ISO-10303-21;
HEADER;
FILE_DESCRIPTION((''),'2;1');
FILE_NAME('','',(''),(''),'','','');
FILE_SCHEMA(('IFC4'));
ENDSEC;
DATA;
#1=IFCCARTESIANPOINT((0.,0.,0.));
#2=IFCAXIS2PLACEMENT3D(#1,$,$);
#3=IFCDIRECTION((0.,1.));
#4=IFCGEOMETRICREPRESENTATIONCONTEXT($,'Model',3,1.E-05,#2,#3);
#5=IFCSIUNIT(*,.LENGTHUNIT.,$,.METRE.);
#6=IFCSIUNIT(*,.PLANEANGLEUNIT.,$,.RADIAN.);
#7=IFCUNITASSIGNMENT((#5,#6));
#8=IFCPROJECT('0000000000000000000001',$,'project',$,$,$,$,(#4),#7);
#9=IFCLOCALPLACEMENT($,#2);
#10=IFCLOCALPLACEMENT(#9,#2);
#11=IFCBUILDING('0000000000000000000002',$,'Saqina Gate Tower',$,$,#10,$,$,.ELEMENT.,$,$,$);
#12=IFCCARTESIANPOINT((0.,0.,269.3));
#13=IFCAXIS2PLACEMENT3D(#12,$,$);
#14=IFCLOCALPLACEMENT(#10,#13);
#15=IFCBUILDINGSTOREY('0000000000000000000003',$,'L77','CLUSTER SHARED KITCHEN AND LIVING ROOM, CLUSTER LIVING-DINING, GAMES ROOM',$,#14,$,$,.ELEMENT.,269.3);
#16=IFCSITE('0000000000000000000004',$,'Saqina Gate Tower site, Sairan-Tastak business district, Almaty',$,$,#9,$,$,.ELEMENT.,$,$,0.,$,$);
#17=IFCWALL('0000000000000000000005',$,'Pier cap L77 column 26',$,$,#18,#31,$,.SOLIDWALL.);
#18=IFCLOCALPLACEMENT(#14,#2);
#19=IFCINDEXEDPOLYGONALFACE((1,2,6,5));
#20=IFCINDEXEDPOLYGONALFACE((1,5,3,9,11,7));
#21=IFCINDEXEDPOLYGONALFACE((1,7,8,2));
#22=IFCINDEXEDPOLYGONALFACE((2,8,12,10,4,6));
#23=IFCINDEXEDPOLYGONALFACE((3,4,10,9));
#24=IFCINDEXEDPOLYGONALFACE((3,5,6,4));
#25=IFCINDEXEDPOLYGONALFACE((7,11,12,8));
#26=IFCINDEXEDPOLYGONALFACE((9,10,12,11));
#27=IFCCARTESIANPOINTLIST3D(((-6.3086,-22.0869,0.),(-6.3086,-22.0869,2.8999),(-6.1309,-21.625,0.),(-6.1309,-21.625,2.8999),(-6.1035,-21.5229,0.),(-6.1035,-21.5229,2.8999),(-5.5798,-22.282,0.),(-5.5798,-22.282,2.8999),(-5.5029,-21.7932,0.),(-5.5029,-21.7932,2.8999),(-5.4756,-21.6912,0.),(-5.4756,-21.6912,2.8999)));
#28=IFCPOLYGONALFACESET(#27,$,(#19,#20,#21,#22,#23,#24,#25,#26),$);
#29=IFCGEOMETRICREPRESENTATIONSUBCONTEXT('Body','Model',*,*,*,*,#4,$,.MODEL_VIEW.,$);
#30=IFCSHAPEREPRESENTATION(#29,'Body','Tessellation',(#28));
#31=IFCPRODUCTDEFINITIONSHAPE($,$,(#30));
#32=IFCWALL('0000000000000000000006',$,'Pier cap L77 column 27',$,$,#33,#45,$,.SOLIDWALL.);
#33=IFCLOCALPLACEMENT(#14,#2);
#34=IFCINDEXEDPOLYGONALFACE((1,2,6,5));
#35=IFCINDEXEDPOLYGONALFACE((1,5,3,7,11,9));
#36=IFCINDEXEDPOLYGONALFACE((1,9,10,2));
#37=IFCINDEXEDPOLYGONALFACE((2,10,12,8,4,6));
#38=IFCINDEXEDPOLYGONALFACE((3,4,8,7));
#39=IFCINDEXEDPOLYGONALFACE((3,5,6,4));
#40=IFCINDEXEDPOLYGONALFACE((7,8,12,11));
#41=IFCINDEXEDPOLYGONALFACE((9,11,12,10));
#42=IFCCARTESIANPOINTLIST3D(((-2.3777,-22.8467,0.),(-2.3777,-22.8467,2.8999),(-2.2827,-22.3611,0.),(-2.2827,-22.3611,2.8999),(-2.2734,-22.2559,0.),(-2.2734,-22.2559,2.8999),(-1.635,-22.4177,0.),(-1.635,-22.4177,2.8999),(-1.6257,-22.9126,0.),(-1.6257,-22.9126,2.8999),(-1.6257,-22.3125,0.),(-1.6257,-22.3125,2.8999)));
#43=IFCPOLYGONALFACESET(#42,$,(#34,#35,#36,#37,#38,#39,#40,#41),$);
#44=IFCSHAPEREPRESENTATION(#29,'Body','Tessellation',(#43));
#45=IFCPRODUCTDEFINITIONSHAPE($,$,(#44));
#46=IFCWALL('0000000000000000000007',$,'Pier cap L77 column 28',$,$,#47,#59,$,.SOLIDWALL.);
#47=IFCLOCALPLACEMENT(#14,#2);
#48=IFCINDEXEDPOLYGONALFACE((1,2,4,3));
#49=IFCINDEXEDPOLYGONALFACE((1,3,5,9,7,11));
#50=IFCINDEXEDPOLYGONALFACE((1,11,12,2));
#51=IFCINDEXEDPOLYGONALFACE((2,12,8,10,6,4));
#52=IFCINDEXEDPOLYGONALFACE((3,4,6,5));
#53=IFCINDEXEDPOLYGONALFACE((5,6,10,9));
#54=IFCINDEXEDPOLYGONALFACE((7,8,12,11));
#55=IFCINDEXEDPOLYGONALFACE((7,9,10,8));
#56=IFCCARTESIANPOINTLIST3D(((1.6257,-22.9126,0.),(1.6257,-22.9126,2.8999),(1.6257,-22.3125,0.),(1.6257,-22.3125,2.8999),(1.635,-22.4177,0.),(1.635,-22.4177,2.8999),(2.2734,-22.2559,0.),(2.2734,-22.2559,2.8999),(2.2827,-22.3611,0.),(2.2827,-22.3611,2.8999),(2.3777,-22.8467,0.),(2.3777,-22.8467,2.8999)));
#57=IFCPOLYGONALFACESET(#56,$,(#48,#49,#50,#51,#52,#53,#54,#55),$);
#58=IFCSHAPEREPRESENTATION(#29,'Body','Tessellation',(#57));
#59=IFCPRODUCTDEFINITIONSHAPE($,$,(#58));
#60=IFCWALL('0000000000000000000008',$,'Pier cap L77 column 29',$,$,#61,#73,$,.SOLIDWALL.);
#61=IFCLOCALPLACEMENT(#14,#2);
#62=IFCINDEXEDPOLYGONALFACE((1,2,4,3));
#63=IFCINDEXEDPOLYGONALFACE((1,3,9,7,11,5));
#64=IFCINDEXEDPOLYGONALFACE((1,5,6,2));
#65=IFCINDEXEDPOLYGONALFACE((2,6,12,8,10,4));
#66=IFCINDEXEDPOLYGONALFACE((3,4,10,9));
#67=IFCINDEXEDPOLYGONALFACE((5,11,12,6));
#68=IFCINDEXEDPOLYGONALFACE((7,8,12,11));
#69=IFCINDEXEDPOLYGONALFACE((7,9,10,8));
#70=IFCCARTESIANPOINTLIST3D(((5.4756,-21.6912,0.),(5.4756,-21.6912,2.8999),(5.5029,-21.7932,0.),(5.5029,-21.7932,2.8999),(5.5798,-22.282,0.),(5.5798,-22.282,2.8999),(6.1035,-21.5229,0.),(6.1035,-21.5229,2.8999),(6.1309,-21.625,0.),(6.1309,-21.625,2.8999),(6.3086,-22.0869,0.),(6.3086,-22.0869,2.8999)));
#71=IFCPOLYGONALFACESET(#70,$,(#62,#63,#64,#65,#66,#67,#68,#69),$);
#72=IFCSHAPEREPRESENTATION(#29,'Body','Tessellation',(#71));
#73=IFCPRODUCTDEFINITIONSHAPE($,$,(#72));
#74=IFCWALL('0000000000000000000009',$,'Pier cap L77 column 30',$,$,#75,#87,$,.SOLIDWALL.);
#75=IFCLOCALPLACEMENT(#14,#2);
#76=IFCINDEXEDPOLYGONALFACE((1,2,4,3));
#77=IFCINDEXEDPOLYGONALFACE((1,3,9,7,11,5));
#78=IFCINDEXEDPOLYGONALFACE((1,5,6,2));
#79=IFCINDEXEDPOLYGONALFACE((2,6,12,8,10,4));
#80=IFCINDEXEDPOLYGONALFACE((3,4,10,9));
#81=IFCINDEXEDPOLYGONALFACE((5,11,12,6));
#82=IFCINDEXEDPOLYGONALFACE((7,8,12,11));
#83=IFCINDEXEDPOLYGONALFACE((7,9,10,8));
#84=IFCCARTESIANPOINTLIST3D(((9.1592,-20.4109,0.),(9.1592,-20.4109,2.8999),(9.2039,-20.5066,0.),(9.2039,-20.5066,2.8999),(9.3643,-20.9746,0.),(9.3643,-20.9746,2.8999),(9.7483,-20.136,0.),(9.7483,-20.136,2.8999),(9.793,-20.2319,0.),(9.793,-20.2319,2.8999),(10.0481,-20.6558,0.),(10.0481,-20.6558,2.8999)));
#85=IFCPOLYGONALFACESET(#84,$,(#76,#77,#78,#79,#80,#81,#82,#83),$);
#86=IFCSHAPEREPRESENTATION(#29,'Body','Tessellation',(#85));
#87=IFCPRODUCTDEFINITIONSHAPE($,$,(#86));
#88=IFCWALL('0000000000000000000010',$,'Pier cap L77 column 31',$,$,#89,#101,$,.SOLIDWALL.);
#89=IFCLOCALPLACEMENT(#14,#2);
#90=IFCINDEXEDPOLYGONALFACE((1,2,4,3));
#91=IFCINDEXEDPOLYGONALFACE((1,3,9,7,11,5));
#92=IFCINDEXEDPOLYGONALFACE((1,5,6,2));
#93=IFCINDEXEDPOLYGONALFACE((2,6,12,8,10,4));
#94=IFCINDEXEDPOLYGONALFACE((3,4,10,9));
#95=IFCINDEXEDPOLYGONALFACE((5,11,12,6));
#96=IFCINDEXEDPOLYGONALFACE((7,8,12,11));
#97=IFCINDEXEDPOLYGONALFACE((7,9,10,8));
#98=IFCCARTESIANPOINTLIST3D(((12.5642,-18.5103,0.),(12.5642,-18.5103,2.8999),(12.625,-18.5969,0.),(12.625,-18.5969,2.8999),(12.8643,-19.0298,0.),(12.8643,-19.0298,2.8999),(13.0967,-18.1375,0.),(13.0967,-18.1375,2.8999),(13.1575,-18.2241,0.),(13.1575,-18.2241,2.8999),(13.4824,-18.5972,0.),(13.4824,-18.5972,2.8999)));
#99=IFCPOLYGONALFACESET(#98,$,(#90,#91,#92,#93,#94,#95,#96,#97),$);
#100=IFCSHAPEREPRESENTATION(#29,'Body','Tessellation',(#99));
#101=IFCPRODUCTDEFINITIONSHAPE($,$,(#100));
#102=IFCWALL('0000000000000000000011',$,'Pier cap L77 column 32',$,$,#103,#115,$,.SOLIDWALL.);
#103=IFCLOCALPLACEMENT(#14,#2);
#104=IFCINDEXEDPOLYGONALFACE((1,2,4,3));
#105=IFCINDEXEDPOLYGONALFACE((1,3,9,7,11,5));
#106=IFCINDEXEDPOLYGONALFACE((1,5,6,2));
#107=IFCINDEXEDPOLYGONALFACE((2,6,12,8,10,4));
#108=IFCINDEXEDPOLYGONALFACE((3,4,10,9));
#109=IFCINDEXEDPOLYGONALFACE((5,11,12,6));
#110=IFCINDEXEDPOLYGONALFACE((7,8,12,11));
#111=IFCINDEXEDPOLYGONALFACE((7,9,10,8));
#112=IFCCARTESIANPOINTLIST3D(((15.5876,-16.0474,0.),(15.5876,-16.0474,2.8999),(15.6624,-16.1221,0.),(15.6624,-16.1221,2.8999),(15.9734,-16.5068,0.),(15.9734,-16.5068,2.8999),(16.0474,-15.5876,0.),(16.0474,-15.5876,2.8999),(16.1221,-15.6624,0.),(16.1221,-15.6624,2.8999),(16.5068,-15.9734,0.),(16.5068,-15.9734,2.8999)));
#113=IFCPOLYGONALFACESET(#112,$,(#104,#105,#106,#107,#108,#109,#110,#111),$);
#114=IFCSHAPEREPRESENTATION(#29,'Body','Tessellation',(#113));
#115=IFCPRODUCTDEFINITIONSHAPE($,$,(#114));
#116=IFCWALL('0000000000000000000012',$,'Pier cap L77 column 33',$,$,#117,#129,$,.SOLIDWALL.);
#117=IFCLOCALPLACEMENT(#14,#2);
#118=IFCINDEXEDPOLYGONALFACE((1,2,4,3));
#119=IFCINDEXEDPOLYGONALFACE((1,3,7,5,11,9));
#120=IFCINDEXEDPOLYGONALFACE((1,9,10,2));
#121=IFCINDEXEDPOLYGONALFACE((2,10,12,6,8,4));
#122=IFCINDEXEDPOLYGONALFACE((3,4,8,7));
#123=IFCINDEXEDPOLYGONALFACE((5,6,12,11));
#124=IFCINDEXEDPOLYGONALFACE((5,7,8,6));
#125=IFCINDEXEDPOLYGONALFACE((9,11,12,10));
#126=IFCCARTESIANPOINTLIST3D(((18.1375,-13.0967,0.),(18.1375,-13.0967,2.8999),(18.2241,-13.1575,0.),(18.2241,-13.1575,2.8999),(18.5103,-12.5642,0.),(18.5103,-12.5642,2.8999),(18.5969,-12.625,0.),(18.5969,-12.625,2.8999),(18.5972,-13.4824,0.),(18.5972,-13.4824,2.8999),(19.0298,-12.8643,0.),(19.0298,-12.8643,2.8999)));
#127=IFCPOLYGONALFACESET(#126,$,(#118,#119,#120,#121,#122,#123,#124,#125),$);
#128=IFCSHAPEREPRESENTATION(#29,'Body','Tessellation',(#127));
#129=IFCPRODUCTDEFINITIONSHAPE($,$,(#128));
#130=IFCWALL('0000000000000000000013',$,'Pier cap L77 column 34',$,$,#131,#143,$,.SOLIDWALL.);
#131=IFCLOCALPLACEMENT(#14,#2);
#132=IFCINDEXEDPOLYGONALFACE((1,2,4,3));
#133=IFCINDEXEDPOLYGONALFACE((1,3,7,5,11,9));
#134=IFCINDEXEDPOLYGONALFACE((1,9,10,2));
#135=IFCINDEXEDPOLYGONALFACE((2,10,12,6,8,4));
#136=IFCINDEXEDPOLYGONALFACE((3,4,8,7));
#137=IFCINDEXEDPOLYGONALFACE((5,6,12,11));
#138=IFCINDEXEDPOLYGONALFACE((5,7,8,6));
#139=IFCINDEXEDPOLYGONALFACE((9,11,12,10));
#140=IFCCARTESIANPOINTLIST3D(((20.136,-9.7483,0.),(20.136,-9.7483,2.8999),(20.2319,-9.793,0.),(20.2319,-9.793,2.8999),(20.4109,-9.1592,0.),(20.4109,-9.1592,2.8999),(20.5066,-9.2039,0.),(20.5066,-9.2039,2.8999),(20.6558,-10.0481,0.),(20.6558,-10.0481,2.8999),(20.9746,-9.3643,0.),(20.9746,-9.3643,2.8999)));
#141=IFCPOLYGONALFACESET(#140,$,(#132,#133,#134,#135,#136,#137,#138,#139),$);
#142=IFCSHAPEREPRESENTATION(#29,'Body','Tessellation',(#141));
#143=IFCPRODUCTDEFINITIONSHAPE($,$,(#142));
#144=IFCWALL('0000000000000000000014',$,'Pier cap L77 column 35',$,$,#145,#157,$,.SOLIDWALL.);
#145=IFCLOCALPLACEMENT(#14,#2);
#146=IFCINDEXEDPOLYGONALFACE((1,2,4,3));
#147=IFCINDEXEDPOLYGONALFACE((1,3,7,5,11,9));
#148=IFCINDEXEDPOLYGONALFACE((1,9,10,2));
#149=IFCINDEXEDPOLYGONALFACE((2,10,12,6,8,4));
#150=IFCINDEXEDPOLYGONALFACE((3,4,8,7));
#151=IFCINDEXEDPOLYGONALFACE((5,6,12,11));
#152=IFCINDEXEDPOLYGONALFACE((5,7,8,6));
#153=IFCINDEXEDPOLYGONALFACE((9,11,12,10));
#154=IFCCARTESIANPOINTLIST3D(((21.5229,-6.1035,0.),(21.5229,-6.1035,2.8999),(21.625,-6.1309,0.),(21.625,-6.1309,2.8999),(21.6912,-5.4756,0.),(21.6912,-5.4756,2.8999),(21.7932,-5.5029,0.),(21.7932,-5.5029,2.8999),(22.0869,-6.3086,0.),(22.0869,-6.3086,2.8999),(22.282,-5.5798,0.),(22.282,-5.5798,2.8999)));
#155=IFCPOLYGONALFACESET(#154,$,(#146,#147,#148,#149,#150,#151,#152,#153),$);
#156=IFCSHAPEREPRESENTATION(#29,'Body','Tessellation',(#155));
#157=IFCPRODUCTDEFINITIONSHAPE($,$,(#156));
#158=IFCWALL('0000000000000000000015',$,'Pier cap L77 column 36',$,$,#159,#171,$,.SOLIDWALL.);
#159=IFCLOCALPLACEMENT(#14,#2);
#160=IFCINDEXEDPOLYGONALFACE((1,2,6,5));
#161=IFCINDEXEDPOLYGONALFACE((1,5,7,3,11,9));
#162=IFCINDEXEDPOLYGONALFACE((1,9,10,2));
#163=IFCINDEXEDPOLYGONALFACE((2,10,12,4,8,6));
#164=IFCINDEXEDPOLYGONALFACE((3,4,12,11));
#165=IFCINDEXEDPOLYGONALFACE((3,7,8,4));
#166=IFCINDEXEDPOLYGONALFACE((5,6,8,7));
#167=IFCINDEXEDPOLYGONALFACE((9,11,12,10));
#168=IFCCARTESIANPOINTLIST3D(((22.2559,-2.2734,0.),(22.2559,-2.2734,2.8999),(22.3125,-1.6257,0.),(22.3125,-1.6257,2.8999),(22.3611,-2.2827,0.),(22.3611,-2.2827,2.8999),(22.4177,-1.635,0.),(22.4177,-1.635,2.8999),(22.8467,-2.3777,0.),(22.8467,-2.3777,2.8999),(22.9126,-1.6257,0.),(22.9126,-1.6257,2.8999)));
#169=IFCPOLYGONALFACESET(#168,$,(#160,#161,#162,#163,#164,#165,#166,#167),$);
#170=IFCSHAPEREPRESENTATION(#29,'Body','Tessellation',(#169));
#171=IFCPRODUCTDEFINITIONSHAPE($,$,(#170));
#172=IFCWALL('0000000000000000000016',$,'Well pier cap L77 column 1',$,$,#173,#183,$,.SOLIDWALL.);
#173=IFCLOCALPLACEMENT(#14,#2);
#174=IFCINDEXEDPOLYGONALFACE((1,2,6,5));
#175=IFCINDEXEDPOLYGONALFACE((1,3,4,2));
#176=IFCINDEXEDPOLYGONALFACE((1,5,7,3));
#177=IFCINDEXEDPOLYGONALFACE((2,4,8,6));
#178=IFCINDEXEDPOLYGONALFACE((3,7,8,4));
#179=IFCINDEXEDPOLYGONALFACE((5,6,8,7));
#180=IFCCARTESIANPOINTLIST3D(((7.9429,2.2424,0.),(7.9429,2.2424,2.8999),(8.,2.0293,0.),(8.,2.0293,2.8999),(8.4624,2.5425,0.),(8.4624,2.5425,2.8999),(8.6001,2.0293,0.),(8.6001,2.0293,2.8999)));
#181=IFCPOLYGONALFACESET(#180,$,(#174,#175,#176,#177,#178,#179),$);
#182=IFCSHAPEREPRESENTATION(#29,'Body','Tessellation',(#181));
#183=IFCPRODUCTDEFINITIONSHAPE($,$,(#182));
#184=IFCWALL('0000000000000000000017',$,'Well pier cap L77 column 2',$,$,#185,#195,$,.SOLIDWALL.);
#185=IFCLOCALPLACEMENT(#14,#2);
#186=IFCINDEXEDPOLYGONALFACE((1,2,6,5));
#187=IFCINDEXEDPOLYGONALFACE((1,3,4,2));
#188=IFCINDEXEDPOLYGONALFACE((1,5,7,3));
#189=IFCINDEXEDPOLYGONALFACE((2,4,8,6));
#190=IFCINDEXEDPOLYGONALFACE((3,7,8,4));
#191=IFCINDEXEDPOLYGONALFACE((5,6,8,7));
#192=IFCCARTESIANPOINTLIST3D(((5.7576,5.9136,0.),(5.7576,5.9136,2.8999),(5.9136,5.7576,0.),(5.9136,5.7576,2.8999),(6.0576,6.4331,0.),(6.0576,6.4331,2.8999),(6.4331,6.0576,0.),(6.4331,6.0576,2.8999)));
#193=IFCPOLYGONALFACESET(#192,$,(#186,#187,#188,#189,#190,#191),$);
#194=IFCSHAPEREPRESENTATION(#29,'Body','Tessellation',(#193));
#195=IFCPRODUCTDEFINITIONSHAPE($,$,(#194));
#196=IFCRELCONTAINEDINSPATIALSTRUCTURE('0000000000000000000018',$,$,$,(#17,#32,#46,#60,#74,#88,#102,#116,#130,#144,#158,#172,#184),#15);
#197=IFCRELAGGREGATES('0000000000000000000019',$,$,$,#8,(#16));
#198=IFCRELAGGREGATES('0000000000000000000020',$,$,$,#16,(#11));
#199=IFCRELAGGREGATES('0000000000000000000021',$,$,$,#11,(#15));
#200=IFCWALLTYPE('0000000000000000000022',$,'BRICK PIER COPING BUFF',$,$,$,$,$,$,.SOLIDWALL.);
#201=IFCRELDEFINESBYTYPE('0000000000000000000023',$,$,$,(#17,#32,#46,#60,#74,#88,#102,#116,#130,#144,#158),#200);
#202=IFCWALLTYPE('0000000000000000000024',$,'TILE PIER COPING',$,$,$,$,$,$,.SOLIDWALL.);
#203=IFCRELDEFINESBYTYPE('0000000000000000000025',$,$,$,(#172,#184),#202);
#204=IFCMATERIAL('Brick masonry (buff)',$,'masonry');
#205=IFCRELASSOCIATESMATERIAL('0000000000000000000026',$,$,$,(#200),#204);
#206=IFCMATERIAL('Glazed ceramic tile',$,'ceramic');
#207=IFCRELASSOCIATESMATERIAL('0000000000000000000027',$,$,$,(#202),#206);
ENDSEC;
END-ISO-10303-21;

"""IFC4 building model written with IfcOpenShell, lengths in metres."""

from ifc_helpers import new_model, si_unit, direction, frame, origin, place, context, subcontext, project, spatial, polyline, outline, extrude, material, type_object, element, save


model = new_model("IFC4")

# Units and contexts
model_context = context("Model", 3, precision=1e-05, world=origin(), true_north=direction((0.0, 1.0)))
body_context = subcontext(model_context, "Body", "Model", "MODEL_VIEW")
ifc_project = project(units=[si_unit("LENGTHUNIT", "METRE"), si_unit("PLANEANGLEUNIT", "RADIAN")], contexts=[model_context])

# Site, building, storey
site_placement = place(None, origin())
site = spatial("IfcSite", under=ifc_project, at=site_placement, Name="Saqina Gate Tower site, Sairan-Tastak business district, Almaty", CompositionType="ELEMENT", RefElevation=0.0)
building_placement = place(site_placement, origin())
building = spatial("IfcBuilding", under=site, at=building_placement, Name="Saqina Gate Tower", CompositionType="ELEMENT")
storey_placement = place(building_placement, frame((0.0, 0.0, 269.3)))
storey = spatial("IfcBuildingStorey", under=building, at=storey_placement, Name="L77", Description="CLUSTER SHARED KITCHEN AND LIVING ROOM, CLUSTER LIVING-DINING, GAMES ROOM", CompositionType="ELEMENT", Elevation=269.3)

# Walls
ifc_material_1 = material(Name="Brick masonry (buff)", Category="masonry")
wall_type_1 = type_object("IfcWallType", Name="BRICK PIER COPING BUFF", PredefinedType="SOLIDWALL", material=ifc_material_1)
wall_1_placement = place(storey_placement, origin())
element("IfcWall", 1, at=wall_1_placement, inside=storey, type_object=wall_type_1, Name="Pier cap L77 column 26", PredefinedType="SOLIDWALL", context=body_context, shape_type="SweptSolid", body=[
    extrude(outline(polyline([(-5.5798, -22.282), (-5.4756, -21.6912), (-5.5029, -21.7932), (-6.1309, -21.625), (-6.1035, -21.5229), (-6.3086, -22.0869), (-5.5798, -22.282)])), origin(), (0.0, 0.0, 1.0), 2.8999),
])
wall_2_placement = place(storey_placement, origin())
element("IfcWall", 2, at=wall_2_placement, inside=storey, type_object=wall_type_1, Name="Pier cap L77 column 27", PredefinedType="SOLIDWALL", context=body_context, shape_type="SweptSolid", body=[
    extrude(outline(polyline([(-2.3777, -22.8467), (-1.6257, -22.9126), (-1.6257, -22.3125), (-1.635, -22.4177), (-2.2827, -22.3611), (-2.2734, -22.2559), (-2.3777, -22.8467)])), origin(), (0.0, 0.0, 1.0), 2.8999),
])
wall_3_placement = place(storey_placement, origin())
element("IfcWall", 3, at=wall_3_placement, inside=storey, type_object=wall_type_1, Name="Pier cap L77 column 28", PredefinedType="SOLIDWALL", context=body_context, shape_type="SweptSolid", body=[
    extrude(outline(polyline([(1.6257, -22.9126), (2.3777, -22.8467), (2.2734, -22.2559), (2.2827, -22.3611), (1.635, -22.4177), (1.6257, -22.3125), (1.6257, -22.9126)])), origin(), (0.0, 0.0, 1.0), 2.8999),
])
wall_4_placement = place(storey_placement, origin())
element("IfcWall", 4, at=wall_4_placement, inside=storey, type_object=wall_type_1, Name="Pier cap L77 column 29", PredefinedType="SOLIDWALL", context=body_context, shape_type="SweptSolid", body=[
    extrude(outline(polyline([(6.3086, -22.0869), (6.1035, -21.5229), (6.1309, -21.625), (5.5029, -21.7932), (5.4756, -21.6912), (5.5798, -22.282), (6.3086, -22.0869)])), origin(), (0.0, 0.0, 1.0), 2.8999),
])
wall_5_placement = place(storey_placement, origin())
element("IfcWall", 5, at=wall_5_placement, inside=storey, type_object=wall_type_1, Name="Pier cap L77 column 30", PredefinedType="SOLIDWALL", context=body_context, shape_type="SweptSolid", body=[
    extrude(outline(polyline([(9.3643, -20.9746), (10.0481, -20.6558), (9.7483, -20.136), (9.793, -20.2319), (9.2039, -20.5066), (9.1592, -20.4109), (9.3643, -20.9746)])), origin(), (0.0, 0.0, 1.0), 2.8999),
])
wall_6_placement = place(storey_placement, origin())
element("IfcWall", 6, at=wall_6_placement, inside=storey, type_object=wall_type_1, Name="Pier cap L77 column 31", PredefinedType="SOLIDWALL", context=body_context, shape_type="SweptSolid", body=[
    extrude(outline(polyline([(12.8643, -19.0298), (13.4824, -18.5972), (13.0967, -18.1375), (13.1575, -18.2241), (12.625, -18.5969), (12.5642, -18.5103), (12.8643, -19.0298)])), origin(), (0.0, 0.0, 1.0), 2.8999),
])
wall_7_placement = place(storey_placement, origin())
element("IfcWall", 7, at=wall_7_placement, inside=storey, type_object=wall_type_1, Name="Pier cap L77 column 32", PredefinedType="SOLIDWALL", context=body_context, shape_type="SweptSolid", body=[
    extrude(outline(polyline([(16.5068, -15.9734), (16.0474, -15.5876), (16.1221, -15.6624), (15.6624, -16.1221), (15.5876, -16.0474), (15.9734, -16.5068), (16.5068, -15.9734)])), origin(), (0.0, 0.0, 1.0), 2.8999),
])
wall_8_placement = place(storey_placement, origin())
element("IfcWall", 8, at=wall_8_placement, inside=storey, type_object=wall_type_1, Name="Pier cap L77 column 33", PredefinedType="SOLIDWALL", context=body_context, shape_type="SweptSolid", body=[
    extrude(outline(polyline([(19.0298, -12.8643), (18.5103, -12.5642), (18.5969, -12.625), (18.2241, -13.1575), (18.1375, -13.0967), (18.5972, -13.4824), (19.0298, -12.8643)])), origin(), (0.0, 0.0, 1.0), 2.8999),
])
wall_9_placement = place(storey_placement, origin())
element("IfcWall", 9, at=wall_9_placement, inside=storey, type_object=wall_type_1, Name="Pier cap L77 column 34", PredefinedType="SOLIDWALL", context=body_context, shape_type="SweptSolid", body=[
    extrude(outline(polyline([(20.6558, -10.0481), (20.9746, -9.3643), (20.4109, -9.1592), (20.5066, -9.2039), (20.2319, -9.793), (20.136, -9.7483), (20.6558, -10.0481)])), origin(), (0.0, 0.0, 1.0), 2.8999),
])
wall_10_placement = place(storey_placement, origin())
element("IfcWall", 10, at=wall_10_placement, inside=storey, type_object=wall_type_1, Name="Pier cap L77 column 35", PredefinedType="SOLIDWALL", context=body_context, shape_type="SweptSolid", body=[
    extrude(outline(polyline([(22.282, -5.5798), (21.6912, -5.4756), (21.7932, -5.5029), (21.625, -6.1309), (21.5229, -6.1035), (22.0869, -6.3086), (22.282, -5.5798)])), origin(), (0.0, 0.0, 1.0), 2.8999),
])
wall_11_placement = place(storey_placement, origin())
element("IfcWall", 11, at=wall_11_placement, inside=storey, type_object=wall_type_1, Name="Pier cap L77 column 36", PredefinedType="SOLIDWALL", context=body_context, shape_type="SweptSolid", body=[
    extrude(outline(polyline([(22.8467, -2.3777), (22.9126, -1.6257), (22.3125, -1.6257), (22.4177, -1.635), (22.3611, -2.2827), (22.2559, -2.2734), (22.8467, -2.3777)])), origin(), (0.0, 0.0, 1.0), 2.8999),
])
ifc_material_2 = material(Name="Glazed ceramic tile", Category="ceramic")
wall_type_2 = type_object("IfcWallType", Name="TILE PIER COPING", PredefinedType="SOLIDWALL", material=ifc_material_2)
wall_12_placement = place(storey_placement, origin())
element("IfcWall", 12, at=wall_12_placement, inside=storey, type_object=wall_type_2, Name="Well pier cap L77 column 1", PredefinedType="SOLIDWALL", context=body_context, shape_type="SweptSolid", body=[
    extrude(outline(polyline([(8.4624, 2.5425), (7.9429, 2.2424), (8.0, 2.0293), (8.6001, 2.0293), (8.4624, 2.5425)])), origin(), (0.0, 0.0, 1.0), 2.8999),
])
wall_13_placement = place(storey_placement, origin())
element("IfcWall", 13, at=wall_13_placement, inside=storey, type_object=wall_type_2, Name="Well pier cap L77 column 2", PredefinedType="SOLIDWALL", context=body_context, shape_type="SweptSolid", body=[
    extrude(outline(polyline([(6.0576, 6.4331), (5.7576, 5.9136), (5.9136, 5.7576), (6.4331, 6.0576), (6.0576, 6.4331)])), origin(), (0.0, 0.0, 1.0), 2.8999),
])

save(model, "model.ifc")
